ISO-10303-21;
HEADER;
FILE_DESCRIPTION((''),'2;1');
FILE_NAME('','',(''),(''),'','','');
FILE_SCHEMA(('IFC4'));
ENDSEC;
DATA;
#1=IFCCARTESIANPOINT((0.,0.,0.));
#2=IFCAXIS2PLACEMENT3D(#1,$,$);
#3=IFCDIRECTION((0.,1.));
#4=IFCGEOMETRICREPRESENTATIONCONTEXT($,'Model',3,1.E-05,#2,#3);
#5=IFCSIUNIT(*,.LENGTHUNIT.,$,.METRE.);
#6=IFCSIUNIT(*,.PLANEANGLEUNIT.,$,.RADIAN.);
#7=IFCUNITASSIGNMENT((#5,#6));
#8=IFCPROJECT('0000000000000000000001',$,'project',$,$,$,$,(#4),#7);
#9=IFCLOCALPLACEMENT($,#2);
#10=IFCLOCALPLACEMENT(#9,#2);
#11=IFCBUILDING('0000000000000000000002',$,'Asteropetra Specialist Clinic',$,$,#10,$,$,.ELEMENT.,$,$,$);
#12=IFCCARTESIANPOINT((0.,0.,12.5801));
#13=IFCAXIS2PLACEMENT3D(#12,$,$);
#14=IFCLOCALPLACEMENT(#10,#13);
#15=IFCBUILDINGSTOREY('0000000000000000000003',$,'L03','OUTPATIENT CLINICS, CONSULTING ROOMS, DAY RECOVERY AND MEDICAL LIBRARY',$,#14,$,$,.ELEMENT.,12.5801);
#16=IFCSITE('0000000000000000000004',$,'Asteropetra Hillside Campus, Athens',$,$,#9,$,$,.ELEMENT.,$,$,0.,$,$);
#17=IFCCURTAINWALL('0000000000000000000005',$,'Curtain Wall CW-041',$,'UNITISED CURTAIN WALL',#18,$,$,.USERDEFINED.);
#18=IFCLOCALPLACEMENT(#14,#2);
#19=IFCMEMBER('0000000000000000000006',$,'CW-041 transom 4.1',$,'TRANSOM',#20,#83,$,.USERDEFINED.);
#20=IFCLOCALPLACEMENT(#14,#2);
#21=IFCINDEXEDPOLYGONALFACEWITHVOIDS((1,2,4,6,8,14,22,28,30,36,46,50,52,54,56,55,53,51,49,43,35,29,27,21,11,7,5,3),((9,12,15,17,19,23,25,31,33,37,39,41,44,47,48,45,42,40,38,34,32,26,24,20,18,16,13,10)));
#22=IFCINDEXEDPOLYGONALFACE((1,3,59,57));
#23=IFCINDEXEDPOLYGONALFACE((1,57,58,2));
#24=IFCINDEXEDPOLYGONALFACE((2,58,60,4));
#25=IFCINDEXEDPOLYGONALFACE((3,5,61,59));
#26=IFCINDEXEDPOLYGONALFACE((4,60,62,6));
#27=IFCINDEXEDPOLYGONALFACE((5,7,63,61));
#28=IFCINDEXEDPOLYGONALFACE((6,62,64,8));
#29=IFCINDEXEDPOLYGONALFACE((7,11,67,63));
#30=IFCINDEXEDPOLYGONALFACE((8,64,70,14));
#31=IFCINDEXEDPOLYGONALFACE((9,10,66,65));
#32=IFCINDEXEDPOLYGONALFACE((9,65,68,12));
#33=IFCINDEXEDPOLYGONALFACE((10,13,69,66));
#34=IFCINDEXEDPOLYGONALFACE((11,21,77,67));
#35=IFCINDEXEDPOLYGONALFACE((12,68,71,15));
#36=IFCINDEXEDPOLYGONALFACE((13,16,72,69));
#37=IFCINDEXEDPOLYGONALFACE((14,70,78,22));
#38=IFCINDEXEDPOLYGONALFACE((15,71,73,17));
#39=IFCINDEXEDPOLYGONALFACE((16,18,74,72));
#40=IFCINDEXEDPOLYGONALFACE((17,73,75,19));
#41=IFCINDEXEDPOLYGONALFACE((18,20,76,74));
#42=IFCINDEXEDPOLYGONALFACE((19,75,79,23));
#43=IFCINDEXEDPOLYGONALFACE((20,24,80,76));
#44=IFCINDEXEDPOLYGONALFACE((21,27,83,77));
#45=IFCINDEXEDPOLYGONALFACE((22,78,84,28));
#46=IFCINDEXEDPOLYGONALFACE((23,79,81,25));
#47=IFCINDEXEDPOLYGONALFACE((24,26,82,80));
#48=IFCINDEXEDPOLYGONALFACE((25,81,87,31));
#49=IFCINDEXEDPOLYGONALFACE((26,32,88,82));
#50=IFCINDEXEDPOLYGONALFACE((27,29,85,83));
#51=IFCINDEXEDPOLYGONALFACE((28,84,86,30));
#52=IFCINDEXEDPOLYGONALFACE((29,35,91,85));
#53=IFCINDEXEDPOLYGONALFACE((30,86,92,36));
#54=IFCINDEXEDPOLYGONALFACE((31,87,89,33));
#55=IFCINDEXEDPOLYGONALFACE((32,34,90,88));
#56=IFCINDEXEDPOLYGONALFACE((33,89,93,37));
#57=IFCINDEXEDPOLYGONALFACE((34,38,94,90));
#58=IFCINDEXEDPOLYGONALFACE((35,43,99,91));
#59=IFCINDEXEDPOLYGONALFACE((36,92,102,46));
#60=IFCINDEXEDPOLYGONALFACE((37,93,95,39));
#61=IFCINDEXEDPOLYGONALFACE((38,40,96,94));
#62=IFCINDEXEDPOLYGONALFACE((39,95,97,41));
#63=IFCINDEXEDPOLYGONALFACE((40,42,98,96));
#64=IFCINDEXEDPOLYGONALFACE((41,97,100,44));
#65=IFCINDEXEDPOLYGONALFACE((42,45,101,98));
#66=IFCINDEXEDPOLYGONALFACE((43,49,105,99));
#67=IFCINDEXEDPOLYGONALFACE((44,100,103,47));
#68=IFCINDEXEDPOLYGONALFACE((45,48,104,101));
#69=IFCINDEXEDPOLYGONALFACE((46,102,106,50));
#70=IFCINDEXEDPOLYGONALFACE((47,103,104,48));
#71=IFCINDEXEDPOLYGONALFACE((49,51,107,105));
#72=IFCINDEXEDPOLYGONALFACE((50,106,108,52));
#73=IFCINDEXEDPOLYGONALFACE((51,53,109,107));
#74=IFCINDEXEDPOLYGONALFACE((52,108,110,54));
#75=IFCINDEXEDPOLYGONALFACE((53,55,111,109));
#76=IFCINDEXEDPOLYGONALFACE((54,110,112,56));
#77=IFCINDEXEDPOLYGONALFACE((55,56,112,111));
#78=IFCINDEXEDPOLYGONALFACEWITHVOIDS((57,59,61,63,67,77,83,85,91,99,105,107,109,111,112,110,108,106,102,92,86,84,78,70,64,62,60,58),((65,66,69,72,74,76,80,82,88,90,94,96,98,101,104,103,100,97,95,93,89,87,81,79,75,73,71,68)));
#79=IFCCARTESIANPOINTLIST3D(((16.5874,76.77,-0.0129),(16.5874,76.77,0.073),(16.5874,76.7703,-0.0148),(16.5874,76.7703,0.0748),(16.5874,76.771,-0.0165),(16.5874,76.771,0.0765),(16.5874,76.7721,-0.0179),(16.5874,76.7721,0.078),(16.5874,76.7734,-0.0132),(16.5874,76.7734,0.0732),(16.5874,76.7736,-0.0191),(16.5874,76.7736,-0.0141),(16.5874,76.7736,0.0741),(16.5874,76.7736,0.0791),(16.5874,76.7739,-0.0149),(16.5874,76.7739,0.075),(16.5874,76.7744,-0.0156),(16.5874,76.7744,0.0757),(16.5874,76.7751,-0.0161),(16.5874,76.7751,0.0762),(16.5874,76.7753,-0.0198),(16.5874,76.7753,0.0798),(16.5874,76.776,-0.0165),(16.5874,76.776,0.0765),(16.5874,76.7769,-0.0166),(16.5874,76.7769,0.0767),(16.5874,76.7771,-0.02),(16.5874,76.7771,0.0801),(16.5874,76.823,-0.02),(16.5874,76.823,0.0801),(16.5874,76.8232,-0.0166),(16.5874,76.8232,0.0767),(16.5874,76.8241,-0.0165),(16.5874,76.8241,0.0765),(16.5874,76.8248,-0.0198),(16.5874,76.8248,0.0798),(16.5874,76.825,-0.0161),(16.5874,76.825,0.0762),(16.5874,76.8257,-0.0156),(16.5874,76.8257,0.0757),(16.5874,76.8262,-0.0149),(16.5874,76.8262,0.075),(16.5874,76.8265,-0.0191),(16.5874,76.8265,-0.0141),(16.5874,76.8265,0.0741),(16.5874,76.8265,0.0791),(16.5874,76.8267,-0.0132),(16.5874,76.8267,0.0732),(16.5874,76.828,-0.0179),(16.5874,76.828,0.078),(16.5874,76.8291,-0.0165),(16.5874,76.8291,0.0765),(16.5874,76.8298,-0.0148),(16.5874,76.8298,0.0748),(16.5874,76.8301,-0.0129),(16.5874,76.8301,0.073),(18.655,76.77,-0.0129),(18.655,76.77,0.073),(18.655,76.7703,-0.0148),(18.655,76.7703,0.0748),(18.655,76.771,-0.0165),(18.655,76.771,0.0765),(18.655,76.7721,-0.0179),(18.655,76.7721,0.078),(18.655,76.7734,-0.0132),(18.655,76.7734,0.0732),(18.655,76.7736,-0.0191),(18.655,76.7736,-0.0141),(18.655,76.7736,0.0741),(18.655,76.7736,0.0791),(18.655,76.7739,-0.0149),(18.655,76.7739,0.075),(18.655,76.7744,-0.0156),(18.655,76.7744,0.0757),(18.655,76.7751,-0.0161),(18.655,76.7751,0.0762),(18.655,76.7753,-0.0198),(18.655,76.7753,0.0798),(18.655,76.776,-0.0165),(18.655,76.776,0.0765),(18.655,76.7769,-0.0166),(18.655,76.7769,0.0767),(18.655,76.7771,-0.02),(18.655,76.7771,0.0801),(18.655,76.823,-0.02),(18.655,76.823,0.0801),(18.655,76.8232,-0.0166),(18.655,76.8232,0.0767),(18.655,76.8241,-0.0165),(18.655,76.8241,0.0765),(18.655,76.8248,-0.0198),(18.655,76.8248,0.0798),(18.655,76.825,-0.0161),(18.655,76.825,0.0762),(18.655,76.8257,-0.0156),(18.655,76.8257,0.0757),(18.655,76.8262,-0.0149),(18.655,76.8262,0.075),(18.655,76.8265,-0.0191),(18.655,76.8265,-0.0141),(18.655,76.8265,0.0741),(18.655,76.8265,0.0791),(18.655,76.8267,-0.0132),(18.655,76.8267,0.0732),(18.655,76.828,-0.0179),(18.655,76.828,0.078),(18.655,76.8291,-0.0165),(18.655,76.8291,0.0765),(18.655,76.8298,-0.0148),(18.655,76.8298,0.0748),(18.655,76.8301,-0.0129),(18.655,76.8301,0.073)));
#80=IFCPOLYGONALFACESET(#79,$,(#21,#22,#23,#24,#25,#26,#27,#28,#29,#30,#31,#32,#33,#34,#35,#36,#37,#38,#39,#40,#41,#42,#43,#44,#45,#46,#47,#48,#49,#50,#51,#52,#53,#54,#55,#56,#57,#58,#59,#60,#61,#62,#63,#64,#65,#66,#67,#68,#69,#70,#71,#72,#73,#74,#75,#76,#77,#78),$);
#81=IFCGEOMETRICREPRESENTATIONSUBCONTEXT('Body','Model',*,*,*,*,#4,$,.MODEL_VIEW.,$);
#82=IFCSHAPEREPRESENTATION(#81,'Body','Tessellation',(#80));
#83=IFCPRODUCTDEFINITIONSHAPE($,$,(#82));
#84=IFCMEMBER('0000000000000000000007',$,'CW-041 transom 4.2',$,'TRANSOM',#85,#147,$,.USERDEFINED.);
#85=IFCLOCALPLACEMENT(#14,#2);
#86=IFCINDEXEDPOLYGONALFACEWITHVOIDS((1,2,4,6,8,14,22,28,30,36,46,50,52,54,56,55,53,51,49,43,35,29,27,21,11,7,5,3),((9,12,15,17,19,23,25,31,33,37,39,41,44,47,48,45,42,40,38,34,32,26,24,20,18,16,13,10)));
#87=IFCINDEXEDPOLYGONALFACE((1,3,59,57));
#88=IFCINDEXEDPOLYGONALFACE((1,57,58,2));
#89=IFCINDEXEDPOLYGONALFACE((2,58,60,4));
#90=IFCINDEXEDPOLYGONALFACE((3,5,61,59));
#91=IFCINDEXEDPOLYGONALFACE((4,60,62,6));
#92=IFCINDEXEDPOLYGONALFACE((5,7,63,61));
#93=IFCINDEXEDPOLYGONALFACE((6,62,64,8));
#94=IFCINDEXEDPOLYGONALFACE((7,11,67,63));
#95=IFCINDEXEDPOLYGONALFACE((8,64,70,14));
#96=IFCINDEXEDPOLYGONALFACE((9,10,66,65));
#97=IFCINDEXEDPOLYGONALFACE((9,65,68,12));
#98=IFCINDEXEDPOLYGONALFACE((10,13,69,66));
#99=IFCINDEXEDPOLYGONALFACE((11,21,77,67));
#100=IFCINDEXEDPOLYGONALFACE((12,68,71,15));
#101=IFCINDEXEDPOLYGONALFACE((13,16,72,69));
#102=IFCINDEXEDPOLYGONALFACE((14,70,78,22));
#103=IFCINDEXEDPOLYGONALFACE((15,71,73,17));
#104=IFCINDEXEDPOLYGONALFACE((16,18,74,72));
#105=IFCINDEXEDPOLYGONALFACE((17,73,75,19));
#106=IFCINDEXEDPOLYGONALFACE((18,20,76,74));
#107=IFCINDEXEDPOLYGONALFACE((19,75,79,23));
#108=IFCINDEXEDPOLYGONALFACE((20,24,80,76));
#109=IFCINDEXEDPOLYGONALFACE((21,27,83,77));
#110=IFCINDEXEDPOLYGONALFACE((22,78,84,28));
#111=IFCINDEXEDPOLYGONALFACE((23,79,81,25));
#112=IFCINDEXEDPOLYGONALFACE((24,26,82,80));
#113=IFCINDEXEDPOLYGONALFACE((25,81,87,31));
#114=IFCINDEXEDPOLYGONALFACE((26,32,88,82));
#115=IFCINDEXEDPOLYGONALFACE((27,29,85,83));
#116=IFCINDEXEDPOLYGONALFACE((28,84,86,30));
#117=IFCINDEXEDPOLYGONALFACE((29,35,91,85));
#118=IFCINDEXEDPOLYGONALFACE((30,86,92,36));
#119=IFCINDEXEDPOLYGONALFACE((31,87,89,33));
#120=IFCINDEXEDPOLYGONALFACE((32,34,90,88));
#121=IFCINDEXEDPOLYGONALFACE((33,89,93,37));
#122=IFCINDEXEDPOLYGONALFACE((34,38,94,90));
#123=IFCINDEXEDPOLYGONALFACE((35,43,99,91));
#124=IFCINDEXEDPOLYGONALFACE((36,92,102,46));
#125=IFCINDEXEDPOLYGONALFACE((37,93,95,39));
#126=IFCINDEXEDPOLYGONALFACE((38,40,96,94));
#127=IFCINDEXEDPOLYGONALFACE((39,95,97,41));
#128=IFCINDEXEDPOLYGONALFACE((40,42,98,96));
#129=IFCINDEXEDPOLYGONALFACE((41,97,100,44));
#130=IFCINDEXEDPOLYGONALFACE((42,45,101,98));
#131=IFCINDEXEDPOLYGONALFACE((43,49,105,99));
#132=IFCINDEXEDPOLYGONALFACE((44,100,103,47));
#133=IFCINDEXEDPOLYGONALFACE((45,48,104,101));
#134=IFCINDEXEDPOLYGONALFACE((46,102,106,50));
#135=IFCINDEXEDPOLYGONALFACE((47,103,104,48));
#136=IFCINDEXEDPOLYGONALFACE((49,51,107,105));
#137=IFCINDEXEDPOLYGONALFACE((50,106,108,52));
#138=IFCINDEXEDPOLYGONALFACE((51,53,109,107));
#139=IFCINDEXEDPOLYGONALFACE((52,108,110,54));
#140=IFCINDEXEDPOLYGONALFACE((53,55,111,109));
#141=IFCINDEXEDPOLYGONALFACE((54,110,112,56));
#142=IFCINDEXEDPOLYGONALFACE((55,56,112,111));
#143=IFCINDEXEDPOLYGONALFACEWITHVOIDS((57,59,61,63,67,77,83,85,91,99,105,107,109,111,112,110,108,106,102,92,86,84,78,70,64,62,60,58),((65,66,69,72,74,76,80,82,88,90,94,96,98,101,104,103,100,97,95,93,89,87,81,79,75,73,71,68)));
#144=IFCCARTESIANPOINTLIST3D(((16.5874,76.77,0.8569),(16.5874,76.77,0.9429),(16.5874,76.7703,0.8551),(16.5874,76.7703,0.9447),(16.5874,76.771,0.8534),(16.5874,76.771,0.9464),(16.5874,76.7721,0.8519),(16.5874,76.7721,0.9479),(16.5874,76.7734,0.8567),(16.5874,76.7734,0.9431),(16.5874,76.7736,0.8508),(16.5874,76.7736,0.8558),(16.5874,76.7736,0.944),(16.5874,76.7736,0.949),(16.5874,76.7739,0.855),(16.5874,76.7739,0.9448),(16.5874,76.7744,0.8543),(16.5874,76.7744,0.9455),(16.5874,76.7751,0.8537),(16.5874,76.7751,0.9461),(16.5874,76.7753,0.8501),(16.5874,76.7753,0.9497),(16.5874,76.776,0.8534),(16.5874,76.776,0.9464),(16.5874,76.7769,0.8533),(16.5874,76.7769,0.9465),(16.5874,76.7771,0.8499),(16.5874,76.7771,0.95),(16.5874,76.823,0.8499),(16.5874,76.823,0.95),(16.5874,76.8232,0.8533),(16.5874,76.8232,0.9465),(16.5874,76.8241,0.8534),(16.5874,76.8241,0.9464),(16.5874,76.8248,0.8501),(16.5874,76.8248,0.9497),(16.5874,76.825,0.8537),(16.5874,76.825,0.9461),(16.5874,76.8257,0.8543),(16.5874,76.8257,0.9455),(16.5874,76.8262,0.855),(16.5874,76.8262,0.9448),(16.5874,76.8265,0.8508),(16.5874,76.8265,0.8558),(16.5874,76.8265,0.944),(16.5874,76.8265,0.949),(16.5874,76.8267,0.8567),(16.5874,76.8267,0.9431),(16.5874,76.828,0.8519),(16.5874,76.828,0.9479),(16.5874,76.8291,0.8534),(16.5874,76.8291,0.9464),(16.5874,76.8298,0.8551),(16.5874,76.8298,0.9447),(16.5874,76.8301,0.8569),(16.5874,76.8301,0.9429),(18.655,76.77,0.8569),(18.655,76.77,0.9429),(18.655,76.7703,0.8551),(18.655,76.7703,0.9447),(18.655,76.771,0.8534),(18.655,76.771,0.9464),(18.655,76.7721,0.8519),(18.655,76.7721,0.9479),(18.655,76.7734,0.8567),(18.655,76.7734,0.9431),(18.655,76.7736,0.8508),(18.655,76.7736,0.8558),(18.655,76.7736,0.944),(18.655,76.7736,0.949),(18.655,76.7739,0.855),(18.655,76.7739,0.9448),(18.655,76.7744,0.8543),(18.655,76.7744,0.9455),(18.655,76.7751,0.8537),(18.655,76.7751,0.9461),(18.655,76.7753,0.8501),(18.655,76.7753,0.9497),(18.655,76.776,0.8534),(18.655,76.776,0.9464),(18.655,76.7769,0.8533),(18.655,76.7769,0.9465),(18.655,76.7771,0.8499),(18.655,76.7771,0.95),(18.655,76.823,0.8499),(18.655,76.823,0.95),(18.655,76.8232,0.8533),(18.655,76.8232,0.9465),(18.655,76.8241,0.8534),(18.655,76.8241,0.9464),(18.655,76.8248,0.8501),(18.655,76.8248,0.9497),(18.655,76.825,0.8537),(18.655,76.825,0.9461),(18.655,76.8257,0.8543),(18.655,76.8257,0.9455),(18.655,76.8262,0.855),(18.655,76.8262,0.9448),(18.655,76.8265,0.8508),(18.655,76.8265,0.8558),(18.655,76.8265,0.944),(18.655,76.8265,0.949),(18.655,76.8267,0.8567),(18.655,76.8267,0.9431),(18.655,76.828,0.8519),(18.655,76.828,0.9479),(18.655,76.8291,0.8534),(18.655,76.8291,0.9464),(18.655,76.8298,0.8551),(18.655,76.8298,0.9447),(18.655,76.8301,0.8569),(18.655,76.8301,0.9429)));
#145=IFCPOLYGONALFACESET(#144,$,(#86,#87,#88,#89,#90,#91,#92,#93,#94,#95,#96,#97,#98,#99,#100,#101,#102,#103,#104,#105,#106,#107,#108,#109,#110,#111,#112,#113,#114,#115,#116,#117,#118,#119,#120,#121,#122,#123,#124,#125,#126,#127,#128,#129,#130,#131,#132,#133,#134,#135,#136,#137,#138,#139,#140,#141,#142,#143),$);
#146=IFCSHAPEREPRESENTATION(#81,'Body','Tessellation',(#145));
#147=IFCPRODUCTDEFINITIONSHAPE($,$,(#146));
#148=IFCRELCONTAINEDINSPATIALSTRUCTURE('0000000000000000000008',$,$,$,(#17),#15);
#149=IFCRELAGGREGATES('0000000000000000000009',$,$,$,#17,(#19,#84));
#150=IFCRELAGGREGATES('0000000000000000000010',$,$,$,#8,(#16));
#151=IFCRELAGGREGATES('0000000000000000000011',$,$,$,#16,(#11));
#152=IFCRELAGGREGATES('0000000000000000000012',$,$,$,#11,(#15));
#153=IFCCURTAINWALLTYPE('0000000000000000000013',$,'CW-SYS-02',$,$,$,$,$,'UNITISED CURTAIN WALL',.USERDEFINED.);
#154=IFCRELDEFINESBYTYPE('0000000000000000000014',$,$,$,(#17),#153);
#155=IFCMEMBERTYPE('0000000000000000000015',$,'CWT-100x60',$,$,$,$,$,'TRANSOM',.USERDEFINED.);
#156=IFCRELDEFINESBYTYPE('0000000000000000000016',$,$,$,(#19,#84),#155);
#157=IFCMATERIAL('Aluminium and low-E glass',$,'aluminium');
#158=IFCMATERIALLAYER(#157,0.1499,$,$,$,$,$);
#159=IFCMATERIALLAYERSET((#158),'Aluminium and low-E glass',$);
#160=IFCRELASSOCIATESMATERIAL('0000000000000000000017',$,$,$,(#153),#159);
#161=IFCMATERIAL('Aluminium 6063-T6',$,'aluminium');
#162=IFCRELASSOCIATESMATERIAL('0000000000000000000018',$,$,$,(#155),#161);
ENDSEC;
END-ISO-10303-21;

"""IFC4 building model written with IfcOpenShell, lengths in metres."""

from ifc_helpers import new_model, si_unit, direction, frame, origin, origin_2d, place, context, subcontext, project, spatial, hollow_rectangle, extrude, material, layer, layer_set, material_profile, profile_set, type_object, element, aggregate, save


model = new_model("IFC4")

# Units and contexts
model_context = context("Model", 3, precision=1e-05, world=origin(), true_north=direction((0.0, 1.0)))
body_context = subcontext(model_context, "Body", "Model", "MODEL_VIEW")
ifc_project = project(units=[si_unit("LENGTHUNIT", "METRE"), si_unit("PLANEANGLEUNIT", "RADIAN")], contexts=[model_context])

# Site, building, storey
site_placement = place(None, origin())
site = spatial("IfcSite", under=ifc_project, at=site_placement, Name="Asteropetra Hillside Campus, Athens", CompositionType="ELEMENT", RefElevation=0.0)
building_placement = place(site_placement, origin())
building = spatial("IfcBuilding", under=site, at=building_placement, Name="Asteropetra Specialist Clinic", CompositionType="ELEMENT")
storey_placement = place(building_placement, frame((0.0, 0.0, 12.5801)))
storey = spatial("IfcBuildingStorey", under=building, at=storey_placement, Name="L03", Description="OUTPATIENT CLINICS, CONSULTING ROOMS, DAY RECOVERY AND MEDICAL LIBRARY", CompositionType="ELEMENT", Elevation=12.5801)

# Curtain wall
ifc_material_1 = material(Name="Aluminium and low-E glass", Category="aluminium")
ifc_layer_1 = layer(ifc_material_1, 0.1499)
ifc_layer_set_1 = layer_set([ifc_layer_1], Name="Aluminium and low-E glass")
curtain_wall_type_1 = type_object("IfcCurtainWallType", Name="CW-SYS-02", ElementType="UNITISED CURTAIN WALL", PredefinedType="USERDEFINED", material=ifc_layer_set_1)
curtain_wall_1_placement = place(storey_placement, origin())
curtain_wall_1 = element("IfcCurtainWall", 1, at=curtain_wall_1_placement, inside=storey, type_object=curtain_wall_type_1, Name="Curtain Wall CW-041", ObjectType="UNITISED CURTAIN WALL", PredefinedType="USERDEFINED")

# Members
ifc_material_2 = material(Name="Aluminium 6063-T6", Category="aluminium")
ifc_material_profile_1 = material_profile(ifc_material_2, hollow_rectangle(XDim=0.0601, YDim=0.1001, WallThickness=0.0034, InnerFilletRadius=0.0034, OuterFilletRadius=0.0071, at=origin_2d()), Name="TRN 100x60x3.5")
ifc_profile_set_1 = profile_set([ifc_material_profile_1], Name="Aluminium 6063-T6")
member_type_1 = type_object("IfcMemberType", Name="CWT-100x60", ElementType="TRANSOM", PredefinedType="USERDEFINED", material=ifc_profile_set_1)
member_1_placement = place(storey_placement, frame((16.5874, 76.8, 0.03), z_axis=(1.0, 0.0, 0.0), x_axis=(0.0, 1.0, 0.0)))
member_1 = element("IfcMember", 2, at=member_1_placement, type_object=member_type_1, Name="CW-041 transom 4.1", ObjectType="TRANSOM", PredefinedType="USERDEFINED", context=body_context, shape_type="SweptSolid", body=[
    extrude(hollow_rectangle(XDim=0.0601, YDim=0.1001, WallThickness=0.0034, InnerFilletRadius=0.0034, OuterFilletRadius=0.0071, at=origin_2d()), origin(), (0.0, 0.0, 1.0), 2.0676),
])
member_2_placement = place(storey_placement, frame((16.5874, 76.8, 0.8999), z_axis=(1.0, 0.0, 0.0), x_axis=(0.0, 1.0, 0.0)))
member_2 = element("IfcMember", 3, at=member_2_placement, type_object=member_type_1, Name="CW-041 transom 4.2", ObjectType="TRANSOM", PredefinedType="USERDEFINED", context=body_context, shape_type="SweptSolid", body=[
    extrude(hollow_rectangle(XDim=0.0601, YDim=0.1001, WallThickness=0.0034, InnerFilletRadius=0.0034, OuterFilletRadius=0.0071, at=origin_2d()), origin(), (0.0, 0.0, 1.0), 2.0676),
])

aggregate(curtain_wall_1, [member_1, member_2])

save(model, "model.ifc")
